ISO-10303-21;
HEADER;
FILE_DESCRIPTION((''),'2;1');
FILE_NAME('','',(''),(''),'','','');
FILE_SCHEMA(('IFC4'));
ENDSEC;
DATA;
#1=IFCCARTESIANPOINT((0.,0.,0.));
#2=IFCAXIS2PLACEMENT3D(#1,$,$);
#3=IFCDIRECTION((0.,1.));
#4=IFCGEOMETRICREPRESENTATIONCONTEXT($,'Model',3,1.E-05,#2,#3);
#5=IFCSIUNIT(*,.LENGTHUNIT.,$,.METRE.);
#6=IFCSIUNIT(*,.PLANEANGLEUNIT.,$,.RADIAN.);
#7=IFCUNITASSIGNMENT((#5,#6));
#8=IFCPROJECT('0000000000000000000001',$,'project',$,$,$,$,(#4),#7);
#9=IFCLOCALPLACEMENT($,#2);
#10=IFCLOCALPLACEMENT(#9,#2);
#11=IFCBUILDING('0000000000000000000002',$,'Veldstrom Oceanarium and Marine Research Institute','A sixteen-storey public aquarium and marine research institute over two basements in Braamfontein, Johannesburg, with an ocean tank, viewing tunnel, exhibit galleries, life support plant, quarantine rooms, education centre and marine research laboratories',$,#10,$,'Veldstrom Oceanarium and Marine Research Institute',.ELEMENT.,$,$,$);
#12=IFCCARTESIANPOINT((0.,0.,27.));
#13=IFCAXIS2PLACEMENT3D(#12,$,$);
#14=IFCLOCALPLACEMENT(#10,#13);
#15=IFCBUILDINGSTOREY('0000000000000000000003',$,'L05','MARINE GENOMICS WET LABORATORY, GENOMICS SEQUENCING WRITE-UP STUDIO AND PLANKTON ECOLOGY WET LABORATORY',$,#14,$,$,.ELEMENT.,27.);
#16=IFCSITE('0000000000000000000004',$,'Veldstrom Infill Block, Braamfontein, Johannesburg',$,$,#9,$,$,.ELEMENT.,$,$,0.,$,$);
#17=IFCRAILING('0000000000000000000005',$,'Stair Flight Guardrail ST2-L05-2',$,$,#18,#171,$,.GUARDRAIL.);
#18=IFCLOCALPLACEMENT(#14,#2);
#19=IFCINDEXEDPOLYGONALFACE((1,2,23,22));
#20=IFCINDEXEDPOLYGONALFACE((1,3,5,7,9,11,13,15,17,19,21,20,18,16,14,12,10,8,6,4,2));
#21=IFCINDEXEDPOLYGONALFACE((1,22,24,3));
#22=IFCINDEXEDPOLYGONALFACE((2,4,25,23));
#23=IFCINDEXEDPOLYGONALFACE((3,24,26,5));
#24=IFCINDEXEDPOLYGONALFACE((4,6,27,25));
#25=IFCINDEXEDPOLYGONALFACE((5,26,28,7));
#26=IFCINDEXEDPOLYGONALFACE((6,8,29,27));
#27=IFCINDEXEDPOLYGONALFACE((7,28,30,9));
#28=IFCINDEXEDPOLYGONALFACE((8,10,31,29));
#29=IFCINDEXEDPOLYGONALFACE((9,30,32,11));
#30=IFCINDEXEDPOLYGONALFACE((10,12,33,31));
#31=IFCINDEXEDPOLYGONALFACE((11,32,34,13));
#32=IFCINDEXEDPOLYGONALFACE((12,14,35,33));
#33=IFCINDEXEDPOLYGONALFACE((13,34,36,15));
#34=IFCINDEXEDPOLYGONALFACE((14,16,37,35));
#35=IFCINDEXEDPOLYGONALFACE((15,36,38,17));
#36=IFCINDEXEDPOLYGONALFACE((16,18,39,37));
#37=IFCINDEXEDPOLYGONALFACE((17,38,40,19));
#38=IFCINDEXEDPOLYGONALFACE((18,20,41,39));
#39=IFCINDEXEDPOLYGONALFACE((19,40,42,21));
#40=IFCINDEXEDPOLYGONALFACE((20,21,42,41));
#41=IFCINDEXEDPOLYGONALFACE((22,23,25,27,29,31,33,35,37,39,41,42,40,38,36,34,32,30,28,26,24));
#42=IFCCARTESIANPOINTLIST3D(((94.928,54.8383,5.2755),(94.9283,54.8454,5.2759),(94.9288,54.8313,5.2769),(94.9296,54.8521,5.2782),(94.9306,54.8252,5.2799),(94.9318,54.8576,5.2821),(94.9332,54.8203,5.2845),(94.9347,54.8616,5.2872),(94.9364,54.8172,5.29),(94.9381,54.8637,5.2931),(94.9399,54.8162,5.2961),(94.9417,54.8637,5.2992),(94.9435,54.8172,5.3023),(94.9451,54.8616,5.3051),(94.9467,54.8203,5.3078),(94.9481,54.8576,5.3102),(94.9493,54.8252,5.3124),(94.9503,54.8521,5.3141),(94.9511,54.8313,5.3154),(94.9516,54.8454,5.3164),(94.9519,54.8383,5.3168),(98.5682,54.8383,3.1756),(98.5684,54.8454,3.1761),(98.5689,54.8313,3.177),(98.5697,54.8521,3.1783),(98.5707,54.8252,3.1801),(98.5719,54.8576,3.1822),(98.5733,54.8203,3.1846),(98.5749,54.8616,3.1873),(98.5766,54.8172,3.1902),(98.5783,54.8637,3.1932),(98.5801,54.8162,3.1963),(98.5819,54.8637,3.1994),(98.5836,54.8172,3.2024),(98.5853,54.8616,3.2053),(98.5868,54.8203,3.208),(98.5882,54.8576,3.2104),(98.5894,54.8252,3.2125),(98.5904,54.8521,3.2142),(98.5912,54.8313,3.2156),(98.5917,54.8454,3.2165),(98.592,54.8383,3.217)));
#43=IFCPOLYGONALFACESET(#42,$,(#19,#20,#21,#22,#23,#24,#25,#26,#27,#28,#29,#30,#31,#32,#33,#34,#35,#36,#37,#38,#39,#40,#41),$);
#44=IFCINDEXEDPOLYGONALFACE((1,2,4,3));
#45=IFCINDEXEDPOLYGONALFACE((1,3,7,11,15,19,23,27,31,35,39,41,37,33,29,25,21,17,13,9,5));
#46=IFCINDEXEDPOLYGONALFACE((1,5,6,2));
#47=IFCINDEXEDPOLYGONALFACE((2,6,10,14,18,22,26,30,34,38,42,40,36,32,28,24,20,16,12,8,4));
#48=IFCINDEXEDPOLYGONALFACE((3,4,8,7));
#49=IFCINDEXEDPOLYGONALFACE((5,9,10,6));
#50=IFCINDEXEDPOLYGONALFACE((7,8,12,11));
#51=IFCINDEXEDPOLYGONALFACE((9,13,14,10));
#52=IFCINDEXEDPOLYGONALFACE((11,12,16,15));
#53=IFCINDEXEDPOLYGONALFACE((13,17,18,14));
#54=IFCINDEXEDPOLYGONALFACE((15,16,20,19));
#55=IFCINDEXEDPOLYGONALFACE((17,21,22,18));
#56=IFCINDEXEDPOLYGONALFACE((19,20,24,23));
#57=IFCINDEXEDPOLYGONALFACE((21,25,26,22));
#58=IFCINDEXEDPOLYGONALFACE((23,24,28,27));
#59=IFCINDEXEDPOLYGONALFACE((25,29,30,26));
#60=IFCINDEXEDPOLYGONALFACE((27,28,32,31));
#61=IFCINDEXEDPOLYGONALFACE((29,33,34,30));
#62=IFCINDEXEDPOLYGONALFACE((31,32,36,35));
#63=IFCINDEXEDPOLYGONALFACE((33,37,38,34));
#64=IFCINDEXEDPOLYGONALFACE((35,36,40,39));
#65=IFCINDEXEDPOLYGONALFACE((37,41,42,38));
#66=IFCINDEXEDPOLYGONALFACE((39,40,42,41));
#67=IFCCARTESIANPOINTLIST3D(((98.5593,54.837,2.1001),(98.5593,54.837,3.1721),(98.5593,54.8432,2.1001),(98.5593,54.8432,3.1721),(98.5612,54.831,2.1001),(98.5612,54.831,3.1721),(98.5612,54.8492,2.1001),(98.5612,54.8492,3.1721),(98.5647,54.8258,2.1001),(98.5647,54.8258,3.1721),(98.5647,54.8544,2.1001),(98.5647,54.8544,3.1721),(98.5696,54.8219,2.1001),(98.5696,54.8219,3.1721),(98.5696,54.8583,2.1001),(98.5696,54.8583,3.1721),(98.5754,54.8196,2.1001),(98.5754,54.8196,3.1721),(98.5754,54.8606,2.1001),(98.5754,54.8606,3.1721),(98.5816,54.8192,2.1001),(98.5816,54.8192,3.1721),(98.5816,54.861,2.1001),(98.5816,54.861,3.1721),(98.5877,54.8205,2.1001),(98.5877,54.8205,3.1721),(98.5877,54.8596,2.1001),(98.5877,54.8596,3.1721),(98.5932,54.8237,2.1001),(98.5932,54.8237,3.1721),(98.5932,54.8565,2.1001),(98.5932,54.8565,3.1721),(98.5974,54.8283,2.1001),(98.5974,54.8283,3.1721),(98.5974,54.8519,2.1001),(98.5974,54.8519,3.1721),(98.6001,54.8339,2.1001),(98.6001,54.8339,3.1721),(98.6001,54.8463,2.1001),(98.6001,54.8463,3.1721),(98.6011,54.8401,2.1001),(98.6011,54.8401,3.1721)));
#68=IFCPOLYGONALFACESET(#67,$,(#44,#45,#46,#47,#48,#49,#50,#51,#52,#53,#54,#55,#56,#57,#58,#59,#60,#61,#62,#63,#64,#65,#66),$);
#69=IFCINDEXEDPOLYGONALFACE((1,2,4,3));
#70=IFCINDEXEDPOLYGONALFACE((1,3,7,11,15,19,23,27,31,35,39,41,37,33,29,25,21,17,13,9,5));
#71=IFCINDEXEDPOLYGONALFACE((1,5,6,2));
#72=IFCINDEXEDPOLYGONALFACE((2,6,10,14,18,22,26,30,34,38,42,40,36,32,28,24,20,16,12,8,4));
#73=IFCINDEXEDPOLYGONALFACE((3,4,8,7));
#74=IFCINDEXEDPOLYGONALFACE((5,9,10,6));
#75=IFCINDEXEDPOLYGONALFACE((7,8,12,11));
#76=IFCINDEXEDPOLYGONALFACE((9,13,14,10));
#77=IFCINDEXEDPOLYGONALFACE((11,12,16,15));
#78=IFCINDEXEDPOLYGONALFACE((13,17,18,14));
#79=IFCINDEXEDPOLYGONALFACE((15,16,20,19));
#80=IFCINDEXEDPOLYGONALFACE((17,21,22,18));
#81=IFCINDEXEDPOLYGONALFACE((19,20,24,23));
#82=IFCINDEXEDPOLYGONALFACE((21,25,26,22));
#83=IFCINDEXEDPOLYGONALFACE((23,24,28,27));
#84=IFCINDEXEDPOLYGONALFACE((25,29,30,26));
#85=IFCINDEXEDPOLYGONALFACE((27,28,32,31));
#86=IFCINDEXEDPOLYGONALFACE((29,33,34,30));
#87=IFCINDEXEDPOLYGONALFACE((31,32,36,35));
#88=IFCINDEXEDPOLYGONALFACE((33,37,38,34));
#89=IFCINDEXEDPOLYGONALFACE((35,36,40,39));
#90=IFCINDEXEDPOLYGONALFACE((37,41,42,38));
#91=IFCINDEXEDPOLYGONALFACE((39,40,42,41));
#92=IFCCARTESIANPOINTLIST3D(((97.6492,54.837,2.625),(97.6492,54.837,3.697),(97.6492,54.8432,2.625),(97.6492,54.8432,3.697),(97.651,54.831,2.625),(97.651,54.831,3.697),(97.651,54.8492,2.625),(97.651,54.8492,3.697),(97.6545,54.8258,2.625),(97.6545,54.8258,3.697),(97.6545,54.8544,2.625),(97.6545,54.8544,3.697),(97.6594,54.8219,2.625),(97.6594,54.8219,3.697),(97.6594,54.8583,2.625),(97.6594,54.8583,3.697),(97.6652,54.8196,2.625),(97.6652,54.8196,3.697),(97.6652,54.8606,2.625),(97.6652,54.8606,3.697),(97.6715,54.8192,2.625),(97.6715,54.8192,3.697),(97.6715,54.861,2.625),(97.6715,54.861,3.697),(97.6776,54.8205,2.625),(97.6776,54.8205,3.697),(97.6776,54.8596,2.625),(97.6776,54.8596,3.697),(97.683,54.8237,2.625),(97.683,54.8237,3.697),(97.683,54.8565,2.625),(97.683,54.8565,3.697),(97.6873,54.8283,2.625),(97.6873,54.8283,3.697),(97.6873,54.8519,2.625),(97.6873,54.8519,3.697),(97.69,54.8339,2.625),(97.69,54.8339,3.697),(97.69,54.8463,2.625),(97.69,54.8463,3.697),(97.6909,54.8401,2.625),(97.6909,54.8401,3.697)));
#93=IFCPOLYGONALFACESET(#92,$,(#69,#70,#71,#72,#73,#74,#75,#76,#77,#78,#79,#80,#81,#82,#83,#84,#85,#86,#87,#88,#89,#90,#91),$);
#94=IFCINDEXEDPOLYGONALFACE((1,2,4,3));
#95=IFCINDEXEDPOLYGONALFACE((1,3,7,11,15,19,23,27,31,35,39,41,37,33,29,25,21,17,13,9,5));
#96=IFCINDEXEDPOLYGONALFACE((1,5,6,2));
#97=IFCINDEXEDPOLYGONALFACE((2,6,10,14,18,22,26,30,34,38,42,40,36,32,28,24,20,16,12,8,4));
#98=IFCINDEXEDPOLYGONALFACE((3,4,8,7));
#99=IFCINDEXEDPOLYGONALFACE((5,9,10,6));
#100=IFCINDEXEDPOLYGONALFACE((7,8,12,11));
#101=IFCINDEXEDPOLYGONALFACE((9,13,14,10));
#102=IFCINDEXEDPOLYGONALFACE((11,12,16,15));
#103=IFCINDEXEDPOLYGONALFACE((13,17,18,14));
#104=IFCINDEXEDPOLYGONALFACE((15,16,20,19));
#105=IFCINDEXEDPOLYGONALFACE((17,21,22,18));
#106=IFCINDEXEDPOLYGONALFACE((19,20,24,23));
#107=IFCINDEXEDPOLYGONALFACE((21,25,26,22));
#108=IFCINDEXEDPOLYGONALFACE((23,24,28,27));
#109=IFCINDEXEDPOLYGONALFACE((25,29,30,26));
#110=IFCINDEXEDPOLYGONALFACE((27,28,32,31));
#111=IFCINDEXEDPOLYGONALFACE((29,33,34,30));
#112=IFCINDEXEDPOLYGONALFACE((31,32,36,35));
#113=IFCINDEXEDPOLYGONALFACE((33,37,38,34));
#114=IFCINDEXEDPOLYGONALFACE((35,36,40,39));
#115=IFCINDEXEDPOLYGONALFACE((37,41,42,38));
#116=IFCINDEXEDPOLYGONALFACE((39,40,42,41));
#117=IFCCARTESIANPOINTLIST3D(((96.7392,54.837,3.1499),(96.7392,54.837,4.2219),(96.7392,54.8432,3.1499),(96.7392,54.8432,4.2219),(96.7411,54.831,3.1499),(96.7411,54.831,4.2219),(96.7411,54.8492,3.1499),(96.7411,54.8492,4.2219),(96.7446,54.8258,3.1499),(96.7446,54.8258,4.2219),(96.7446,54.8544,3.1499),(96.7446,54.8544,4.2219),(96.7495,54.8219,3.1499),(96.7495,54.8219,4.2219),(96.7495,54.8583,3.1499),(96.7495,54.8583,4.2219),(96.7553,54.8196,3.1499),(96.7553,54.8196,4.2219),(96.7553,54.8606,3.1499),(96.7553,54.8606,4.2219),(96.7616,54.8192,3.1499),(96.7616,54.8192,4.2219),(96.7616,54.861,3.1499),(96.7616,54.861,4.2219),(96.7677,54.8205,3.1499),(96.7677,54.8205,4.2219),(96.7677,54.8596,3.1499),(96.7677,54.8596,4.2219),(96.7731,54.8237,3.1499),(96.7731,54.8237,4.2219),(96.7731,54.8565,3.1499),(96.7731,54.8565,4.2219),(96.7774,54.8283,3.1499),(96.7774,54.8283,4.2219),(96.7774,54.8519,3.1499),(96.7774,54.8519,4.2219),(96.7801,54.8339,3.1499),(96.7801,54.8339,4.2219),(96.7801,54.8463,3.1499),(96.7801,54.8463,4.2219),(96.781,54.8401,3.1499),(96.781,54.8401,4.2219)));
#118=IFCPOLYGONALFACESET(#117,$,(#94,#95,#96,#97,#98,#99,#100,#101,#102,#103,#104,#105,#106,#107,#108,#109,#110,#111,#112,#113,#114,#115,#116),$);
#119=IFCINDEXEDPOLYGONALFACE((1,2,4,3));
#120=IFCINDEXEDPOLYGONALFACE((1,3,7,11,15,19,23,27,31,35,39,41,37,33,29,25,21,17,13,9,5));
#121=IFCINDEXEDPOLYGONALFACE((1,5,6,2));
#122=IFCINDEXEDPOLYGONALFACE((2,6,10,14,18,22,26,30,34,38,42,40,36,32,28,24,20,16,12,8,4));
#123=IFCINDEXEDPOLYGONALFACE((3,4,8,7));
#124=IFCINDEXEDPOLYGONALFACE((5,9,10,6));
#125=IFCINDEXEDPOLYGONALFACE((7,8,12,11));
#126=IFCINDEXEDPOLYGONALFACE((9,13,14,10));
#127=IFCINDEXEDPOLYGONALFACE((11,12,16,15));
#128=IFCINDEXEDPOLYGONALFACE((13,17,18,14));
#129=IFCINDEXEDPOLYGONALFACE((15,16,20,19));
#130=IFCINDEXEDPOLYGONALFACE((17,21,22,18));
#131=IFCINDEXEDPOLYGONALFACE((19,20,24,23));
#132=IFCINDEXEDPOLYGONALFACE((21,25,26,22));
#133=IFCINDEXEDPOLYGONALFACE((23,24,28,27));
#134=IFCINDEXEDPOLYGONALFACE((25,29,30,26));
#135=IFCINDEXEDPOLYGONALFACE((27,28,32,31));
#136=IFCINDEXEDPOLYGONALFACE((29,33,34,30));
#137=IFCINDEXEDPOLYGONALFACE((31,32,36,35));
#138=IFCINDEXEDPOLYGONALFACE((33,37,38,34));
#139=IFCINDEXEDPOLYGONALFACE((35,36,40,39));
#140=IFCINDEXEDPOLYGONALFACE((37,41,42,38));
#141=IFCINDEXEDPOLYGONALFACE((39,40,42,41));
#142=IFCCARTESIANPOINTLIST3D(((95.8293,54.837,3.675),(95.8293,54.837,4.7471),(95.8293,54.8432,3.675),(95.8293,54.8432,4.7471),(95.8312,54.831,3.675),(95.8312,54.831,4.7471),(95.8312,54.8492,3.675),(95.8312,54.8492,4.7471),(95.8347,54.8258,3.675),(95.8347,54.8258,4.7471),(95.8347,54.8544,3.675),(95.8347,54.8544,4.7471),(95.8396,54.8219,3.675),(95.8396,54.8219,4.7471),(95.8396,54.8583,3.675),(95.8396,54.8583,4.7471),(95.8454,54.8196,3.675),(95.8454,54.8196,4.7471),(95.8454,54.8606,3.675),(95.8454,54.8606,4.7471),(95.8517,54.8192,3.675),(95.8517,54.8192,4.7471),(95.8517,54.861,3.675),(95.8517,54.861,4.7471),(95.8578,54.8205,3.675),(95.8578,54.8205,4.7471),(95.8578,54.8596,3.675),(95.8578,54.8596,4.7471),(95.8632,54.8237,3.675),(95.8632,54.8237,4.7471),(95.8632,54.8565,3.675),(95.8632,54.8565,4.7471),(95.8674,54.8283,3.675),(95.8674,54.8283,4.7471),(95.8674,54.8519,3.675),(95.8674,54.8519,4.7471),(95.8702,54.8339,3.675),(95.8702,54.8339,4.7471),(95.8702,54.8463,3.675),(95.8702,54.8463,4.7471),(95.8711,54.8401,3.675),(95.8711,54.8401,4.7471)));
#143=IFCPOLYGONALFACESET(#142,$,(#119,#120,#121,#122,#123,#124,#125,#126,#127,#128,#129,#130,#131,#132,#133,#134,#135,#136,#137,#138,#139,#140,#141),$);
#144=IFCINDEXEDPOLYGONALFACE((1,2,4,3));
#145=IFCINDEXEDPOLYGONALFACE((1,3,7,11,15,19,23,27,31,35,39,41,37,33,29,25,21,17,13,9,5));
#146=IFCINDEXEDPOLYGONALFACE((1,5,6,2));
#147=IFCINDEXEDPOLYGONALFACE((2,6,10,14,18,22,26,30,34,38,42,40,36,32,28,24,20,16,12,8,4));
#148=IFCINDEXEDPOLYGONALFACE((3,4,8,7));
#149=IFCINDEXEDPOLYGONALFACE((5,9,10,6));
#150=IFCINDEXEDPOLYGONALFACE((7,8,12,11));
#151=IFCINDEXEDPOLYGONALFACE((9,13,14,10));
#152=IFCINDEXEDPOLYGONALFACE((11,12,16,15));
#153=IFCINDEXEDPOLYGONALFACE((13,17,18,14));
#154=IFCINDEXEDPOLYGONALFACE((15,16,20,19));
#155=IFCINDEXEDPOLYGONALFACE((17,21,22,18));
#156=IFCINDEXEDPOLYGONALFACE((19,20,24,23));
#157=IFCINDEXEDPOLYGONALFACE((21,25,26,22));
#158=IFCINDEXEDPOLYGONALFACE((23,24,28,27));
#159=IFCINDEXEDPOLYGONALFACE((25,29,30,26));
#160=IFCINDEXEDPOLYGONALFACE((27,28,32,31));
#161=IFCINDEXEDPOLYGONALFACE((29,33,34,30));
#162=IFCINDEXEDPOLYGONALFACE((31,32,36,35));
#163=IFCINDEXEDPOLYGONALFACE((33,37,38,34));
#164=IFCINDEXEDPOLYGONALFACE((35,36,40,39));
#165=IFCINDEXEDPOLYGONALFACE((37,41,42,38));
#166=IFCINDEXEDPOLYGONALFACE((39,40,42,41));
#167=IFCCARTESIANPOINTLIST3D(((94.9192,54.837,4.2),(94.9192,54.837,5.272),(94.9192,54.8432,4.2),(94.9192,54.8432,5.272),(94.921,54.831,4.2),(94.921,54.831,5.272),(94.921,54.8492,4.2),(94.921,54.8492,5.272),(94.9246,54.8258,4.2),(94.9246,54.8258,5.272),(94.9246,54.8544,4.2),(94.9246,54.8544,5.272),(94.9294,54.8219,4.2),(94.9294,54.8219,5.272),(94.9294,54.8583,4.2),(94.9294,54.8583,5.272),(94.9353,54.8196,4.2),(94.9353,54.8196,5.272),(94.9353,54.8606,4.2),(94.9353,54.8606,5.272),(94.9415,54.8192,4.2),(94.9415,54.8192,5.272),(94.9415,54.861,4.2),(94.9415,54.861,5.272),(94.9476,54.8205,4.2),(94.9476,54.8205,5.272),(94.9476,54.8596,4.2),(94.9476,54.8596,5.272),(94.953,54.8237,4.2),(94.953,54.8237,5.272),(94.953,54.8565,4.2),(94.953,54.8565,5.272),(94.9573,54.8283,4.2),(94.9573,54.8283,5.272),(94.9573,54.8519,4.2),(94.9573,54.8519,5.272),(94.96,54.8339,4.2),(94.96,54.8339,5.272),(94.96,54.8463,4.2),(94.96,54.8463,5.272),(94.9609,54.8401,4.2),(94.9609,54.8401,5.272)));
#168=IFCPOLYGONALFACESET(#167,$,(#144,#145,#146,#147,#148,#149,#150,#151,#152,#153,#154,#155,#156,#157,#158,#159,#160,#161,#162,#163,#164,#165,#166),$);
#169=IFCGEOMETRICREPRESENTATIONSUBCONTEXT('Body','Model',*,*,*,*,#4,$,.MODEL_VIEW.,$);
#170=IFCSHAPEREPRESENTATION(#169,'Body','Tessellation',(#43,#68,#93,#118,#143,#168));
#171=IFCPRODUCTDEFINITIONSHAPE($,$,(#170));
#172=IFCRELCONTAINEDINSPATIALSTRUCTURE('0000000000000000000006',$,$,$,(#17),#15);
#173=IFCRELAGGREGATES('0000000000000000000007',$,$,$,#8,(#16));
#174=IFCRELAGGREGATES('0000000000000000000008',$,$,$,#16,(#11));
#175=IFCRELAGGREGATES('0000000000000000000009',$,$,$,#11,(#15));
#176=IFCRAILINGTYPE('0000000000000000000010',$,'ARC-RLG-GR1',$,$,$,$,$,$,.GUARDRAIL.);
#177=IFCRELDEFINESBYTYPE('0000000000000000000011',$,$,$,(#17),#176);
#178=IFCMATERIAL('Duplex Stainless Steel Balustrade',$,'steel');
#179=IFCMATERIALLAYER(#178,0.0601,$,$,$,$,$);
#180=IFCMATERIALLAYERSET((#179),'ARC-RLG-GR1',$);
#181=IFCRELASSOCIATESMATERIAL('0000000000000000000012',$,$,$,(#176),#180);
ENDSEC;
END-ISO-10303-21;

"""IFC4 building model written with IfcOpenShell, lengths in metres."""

from ifc_helpers import new_model, si_unit, direction, frame, origin, origin_2d, place, context, subcontext, project, spatial, circle, extrude, material, layer, layer_set, type_object, element, save


model = new_model("IFC4")

# Units and contexts
model_context = context("Model", 3, precision=1e-05, world=origin(), true_north=direction((0.0, 1.0)))
body_context = subcontext(model_context, "Body", "Model", "MODEL_VIEW")
ifc_project = project(units=[si_unit("LENGTHUNIT", "METRE"), si_unit("PLANEANGLEUNIT", "RADIAN")], contexts=[model_context])

# Site, building, storey
site_placement = place(None, origin())
site = spatial("IfcSite", under=ifc_project, at=site_placement, Name="Veldstrom Infill Block, Braamfontein, Johannesburg", CompositionType="ELEMENT", RefElevation=0.0)
building_placement = place(site_placement, origin())
building = spatial("IfcBuilding", under=site, at=building_placement, Name="Veldstrom Oceanarium and Marine Research Institute", Description="A sixteen-storey public aquarium and marine research institute over two basements in Braamfontein, Johannesburg, with an ocean tank, viewing tunnel, exhibit galleries, life support plant, quarantine rooms, education centre and marine research laboratories", LongName="Veldstrom Oceanarium and Marine Research Institute", CompositionType="ELEMENT")
storey_placement = place(building_placement, frame((0.0, 0.0, 27.0)))
storey = spatial("IfcBuildingStorey", under=building, at=storey_placement, Name="L05", Description="MARINE GENOMICS WET LABORATORY, GENOMICS SEQUENCING WRITE-UP STUDIO AND PLANKTON ECOLOGY WET LABORATORY", CompositionType="ELEMENT", Elevation=27.0)

# Railing
ifc_material_1 = material(Name="Duplex Stainless Steel Balustrade", Category="steel")
ifc_layer_1 = layer(ifc_material_1, 0.0601)
ifc_layer_set_1 = layer_set([ifc_layer_1], Name="ARC-RLG-GR1")
railing_type_1 = type_object("IfcRailingType", Name="ARC-RLG-GR1", PredefinedType="GUARDRAIL", material=ifc_layer_set_1)
railing_1_placement = place(storey_placement, frame((98.5801, 54.8401, 2.1001)))
element("IfcRailing", 1, at=railing_1_placement, inside=storey, type_object=railing_type_1, Name="Stair Flight Guardrail ST2-L05-2", PredefinedType="GUARDRAIL", context=body_context, shape_type="SweptSolid", body=[
    extrude(circle(Radius=0.0239, at=origin_2d()), frame((0.0, 0.0, 1.0962), z_axis=(-0.866209, 0.0, 0.499682), x_axis=(0.0, -1.0, 0.0)), (0.0, 0.0, 1.0), 4.2024),
    extrude(circle(Radius=0.021, at=origin_2d()), origin(), (0.0, 0.0, 1.0), 1.072),
    extrude(circle(Radius=0.021, at=origin_2d()), frame((-0.9102, 0.0, 0.5249)), (0.0, 0.0, 1.0), 1.072),
    extrude(circle(Radius=0.021, at=origin_2d()), frame((-1.8201, 0.0, 1.0498)), (0.0, 0.0, 1.0), 1.072),
    extrude(circle(Radius=0.021, at=origin_2d()), frame((-2.73, 0.0, 1.575)), (0.0, 0.0, 1.0), 1.072),
    extrude(circle(Radius=0.021, at=origin_2d()), frame((-3.6401, 0.0, 2.0999)), (0.0, 0.0, 1.0), 1.072),
])

save(model, "model.ifc")
